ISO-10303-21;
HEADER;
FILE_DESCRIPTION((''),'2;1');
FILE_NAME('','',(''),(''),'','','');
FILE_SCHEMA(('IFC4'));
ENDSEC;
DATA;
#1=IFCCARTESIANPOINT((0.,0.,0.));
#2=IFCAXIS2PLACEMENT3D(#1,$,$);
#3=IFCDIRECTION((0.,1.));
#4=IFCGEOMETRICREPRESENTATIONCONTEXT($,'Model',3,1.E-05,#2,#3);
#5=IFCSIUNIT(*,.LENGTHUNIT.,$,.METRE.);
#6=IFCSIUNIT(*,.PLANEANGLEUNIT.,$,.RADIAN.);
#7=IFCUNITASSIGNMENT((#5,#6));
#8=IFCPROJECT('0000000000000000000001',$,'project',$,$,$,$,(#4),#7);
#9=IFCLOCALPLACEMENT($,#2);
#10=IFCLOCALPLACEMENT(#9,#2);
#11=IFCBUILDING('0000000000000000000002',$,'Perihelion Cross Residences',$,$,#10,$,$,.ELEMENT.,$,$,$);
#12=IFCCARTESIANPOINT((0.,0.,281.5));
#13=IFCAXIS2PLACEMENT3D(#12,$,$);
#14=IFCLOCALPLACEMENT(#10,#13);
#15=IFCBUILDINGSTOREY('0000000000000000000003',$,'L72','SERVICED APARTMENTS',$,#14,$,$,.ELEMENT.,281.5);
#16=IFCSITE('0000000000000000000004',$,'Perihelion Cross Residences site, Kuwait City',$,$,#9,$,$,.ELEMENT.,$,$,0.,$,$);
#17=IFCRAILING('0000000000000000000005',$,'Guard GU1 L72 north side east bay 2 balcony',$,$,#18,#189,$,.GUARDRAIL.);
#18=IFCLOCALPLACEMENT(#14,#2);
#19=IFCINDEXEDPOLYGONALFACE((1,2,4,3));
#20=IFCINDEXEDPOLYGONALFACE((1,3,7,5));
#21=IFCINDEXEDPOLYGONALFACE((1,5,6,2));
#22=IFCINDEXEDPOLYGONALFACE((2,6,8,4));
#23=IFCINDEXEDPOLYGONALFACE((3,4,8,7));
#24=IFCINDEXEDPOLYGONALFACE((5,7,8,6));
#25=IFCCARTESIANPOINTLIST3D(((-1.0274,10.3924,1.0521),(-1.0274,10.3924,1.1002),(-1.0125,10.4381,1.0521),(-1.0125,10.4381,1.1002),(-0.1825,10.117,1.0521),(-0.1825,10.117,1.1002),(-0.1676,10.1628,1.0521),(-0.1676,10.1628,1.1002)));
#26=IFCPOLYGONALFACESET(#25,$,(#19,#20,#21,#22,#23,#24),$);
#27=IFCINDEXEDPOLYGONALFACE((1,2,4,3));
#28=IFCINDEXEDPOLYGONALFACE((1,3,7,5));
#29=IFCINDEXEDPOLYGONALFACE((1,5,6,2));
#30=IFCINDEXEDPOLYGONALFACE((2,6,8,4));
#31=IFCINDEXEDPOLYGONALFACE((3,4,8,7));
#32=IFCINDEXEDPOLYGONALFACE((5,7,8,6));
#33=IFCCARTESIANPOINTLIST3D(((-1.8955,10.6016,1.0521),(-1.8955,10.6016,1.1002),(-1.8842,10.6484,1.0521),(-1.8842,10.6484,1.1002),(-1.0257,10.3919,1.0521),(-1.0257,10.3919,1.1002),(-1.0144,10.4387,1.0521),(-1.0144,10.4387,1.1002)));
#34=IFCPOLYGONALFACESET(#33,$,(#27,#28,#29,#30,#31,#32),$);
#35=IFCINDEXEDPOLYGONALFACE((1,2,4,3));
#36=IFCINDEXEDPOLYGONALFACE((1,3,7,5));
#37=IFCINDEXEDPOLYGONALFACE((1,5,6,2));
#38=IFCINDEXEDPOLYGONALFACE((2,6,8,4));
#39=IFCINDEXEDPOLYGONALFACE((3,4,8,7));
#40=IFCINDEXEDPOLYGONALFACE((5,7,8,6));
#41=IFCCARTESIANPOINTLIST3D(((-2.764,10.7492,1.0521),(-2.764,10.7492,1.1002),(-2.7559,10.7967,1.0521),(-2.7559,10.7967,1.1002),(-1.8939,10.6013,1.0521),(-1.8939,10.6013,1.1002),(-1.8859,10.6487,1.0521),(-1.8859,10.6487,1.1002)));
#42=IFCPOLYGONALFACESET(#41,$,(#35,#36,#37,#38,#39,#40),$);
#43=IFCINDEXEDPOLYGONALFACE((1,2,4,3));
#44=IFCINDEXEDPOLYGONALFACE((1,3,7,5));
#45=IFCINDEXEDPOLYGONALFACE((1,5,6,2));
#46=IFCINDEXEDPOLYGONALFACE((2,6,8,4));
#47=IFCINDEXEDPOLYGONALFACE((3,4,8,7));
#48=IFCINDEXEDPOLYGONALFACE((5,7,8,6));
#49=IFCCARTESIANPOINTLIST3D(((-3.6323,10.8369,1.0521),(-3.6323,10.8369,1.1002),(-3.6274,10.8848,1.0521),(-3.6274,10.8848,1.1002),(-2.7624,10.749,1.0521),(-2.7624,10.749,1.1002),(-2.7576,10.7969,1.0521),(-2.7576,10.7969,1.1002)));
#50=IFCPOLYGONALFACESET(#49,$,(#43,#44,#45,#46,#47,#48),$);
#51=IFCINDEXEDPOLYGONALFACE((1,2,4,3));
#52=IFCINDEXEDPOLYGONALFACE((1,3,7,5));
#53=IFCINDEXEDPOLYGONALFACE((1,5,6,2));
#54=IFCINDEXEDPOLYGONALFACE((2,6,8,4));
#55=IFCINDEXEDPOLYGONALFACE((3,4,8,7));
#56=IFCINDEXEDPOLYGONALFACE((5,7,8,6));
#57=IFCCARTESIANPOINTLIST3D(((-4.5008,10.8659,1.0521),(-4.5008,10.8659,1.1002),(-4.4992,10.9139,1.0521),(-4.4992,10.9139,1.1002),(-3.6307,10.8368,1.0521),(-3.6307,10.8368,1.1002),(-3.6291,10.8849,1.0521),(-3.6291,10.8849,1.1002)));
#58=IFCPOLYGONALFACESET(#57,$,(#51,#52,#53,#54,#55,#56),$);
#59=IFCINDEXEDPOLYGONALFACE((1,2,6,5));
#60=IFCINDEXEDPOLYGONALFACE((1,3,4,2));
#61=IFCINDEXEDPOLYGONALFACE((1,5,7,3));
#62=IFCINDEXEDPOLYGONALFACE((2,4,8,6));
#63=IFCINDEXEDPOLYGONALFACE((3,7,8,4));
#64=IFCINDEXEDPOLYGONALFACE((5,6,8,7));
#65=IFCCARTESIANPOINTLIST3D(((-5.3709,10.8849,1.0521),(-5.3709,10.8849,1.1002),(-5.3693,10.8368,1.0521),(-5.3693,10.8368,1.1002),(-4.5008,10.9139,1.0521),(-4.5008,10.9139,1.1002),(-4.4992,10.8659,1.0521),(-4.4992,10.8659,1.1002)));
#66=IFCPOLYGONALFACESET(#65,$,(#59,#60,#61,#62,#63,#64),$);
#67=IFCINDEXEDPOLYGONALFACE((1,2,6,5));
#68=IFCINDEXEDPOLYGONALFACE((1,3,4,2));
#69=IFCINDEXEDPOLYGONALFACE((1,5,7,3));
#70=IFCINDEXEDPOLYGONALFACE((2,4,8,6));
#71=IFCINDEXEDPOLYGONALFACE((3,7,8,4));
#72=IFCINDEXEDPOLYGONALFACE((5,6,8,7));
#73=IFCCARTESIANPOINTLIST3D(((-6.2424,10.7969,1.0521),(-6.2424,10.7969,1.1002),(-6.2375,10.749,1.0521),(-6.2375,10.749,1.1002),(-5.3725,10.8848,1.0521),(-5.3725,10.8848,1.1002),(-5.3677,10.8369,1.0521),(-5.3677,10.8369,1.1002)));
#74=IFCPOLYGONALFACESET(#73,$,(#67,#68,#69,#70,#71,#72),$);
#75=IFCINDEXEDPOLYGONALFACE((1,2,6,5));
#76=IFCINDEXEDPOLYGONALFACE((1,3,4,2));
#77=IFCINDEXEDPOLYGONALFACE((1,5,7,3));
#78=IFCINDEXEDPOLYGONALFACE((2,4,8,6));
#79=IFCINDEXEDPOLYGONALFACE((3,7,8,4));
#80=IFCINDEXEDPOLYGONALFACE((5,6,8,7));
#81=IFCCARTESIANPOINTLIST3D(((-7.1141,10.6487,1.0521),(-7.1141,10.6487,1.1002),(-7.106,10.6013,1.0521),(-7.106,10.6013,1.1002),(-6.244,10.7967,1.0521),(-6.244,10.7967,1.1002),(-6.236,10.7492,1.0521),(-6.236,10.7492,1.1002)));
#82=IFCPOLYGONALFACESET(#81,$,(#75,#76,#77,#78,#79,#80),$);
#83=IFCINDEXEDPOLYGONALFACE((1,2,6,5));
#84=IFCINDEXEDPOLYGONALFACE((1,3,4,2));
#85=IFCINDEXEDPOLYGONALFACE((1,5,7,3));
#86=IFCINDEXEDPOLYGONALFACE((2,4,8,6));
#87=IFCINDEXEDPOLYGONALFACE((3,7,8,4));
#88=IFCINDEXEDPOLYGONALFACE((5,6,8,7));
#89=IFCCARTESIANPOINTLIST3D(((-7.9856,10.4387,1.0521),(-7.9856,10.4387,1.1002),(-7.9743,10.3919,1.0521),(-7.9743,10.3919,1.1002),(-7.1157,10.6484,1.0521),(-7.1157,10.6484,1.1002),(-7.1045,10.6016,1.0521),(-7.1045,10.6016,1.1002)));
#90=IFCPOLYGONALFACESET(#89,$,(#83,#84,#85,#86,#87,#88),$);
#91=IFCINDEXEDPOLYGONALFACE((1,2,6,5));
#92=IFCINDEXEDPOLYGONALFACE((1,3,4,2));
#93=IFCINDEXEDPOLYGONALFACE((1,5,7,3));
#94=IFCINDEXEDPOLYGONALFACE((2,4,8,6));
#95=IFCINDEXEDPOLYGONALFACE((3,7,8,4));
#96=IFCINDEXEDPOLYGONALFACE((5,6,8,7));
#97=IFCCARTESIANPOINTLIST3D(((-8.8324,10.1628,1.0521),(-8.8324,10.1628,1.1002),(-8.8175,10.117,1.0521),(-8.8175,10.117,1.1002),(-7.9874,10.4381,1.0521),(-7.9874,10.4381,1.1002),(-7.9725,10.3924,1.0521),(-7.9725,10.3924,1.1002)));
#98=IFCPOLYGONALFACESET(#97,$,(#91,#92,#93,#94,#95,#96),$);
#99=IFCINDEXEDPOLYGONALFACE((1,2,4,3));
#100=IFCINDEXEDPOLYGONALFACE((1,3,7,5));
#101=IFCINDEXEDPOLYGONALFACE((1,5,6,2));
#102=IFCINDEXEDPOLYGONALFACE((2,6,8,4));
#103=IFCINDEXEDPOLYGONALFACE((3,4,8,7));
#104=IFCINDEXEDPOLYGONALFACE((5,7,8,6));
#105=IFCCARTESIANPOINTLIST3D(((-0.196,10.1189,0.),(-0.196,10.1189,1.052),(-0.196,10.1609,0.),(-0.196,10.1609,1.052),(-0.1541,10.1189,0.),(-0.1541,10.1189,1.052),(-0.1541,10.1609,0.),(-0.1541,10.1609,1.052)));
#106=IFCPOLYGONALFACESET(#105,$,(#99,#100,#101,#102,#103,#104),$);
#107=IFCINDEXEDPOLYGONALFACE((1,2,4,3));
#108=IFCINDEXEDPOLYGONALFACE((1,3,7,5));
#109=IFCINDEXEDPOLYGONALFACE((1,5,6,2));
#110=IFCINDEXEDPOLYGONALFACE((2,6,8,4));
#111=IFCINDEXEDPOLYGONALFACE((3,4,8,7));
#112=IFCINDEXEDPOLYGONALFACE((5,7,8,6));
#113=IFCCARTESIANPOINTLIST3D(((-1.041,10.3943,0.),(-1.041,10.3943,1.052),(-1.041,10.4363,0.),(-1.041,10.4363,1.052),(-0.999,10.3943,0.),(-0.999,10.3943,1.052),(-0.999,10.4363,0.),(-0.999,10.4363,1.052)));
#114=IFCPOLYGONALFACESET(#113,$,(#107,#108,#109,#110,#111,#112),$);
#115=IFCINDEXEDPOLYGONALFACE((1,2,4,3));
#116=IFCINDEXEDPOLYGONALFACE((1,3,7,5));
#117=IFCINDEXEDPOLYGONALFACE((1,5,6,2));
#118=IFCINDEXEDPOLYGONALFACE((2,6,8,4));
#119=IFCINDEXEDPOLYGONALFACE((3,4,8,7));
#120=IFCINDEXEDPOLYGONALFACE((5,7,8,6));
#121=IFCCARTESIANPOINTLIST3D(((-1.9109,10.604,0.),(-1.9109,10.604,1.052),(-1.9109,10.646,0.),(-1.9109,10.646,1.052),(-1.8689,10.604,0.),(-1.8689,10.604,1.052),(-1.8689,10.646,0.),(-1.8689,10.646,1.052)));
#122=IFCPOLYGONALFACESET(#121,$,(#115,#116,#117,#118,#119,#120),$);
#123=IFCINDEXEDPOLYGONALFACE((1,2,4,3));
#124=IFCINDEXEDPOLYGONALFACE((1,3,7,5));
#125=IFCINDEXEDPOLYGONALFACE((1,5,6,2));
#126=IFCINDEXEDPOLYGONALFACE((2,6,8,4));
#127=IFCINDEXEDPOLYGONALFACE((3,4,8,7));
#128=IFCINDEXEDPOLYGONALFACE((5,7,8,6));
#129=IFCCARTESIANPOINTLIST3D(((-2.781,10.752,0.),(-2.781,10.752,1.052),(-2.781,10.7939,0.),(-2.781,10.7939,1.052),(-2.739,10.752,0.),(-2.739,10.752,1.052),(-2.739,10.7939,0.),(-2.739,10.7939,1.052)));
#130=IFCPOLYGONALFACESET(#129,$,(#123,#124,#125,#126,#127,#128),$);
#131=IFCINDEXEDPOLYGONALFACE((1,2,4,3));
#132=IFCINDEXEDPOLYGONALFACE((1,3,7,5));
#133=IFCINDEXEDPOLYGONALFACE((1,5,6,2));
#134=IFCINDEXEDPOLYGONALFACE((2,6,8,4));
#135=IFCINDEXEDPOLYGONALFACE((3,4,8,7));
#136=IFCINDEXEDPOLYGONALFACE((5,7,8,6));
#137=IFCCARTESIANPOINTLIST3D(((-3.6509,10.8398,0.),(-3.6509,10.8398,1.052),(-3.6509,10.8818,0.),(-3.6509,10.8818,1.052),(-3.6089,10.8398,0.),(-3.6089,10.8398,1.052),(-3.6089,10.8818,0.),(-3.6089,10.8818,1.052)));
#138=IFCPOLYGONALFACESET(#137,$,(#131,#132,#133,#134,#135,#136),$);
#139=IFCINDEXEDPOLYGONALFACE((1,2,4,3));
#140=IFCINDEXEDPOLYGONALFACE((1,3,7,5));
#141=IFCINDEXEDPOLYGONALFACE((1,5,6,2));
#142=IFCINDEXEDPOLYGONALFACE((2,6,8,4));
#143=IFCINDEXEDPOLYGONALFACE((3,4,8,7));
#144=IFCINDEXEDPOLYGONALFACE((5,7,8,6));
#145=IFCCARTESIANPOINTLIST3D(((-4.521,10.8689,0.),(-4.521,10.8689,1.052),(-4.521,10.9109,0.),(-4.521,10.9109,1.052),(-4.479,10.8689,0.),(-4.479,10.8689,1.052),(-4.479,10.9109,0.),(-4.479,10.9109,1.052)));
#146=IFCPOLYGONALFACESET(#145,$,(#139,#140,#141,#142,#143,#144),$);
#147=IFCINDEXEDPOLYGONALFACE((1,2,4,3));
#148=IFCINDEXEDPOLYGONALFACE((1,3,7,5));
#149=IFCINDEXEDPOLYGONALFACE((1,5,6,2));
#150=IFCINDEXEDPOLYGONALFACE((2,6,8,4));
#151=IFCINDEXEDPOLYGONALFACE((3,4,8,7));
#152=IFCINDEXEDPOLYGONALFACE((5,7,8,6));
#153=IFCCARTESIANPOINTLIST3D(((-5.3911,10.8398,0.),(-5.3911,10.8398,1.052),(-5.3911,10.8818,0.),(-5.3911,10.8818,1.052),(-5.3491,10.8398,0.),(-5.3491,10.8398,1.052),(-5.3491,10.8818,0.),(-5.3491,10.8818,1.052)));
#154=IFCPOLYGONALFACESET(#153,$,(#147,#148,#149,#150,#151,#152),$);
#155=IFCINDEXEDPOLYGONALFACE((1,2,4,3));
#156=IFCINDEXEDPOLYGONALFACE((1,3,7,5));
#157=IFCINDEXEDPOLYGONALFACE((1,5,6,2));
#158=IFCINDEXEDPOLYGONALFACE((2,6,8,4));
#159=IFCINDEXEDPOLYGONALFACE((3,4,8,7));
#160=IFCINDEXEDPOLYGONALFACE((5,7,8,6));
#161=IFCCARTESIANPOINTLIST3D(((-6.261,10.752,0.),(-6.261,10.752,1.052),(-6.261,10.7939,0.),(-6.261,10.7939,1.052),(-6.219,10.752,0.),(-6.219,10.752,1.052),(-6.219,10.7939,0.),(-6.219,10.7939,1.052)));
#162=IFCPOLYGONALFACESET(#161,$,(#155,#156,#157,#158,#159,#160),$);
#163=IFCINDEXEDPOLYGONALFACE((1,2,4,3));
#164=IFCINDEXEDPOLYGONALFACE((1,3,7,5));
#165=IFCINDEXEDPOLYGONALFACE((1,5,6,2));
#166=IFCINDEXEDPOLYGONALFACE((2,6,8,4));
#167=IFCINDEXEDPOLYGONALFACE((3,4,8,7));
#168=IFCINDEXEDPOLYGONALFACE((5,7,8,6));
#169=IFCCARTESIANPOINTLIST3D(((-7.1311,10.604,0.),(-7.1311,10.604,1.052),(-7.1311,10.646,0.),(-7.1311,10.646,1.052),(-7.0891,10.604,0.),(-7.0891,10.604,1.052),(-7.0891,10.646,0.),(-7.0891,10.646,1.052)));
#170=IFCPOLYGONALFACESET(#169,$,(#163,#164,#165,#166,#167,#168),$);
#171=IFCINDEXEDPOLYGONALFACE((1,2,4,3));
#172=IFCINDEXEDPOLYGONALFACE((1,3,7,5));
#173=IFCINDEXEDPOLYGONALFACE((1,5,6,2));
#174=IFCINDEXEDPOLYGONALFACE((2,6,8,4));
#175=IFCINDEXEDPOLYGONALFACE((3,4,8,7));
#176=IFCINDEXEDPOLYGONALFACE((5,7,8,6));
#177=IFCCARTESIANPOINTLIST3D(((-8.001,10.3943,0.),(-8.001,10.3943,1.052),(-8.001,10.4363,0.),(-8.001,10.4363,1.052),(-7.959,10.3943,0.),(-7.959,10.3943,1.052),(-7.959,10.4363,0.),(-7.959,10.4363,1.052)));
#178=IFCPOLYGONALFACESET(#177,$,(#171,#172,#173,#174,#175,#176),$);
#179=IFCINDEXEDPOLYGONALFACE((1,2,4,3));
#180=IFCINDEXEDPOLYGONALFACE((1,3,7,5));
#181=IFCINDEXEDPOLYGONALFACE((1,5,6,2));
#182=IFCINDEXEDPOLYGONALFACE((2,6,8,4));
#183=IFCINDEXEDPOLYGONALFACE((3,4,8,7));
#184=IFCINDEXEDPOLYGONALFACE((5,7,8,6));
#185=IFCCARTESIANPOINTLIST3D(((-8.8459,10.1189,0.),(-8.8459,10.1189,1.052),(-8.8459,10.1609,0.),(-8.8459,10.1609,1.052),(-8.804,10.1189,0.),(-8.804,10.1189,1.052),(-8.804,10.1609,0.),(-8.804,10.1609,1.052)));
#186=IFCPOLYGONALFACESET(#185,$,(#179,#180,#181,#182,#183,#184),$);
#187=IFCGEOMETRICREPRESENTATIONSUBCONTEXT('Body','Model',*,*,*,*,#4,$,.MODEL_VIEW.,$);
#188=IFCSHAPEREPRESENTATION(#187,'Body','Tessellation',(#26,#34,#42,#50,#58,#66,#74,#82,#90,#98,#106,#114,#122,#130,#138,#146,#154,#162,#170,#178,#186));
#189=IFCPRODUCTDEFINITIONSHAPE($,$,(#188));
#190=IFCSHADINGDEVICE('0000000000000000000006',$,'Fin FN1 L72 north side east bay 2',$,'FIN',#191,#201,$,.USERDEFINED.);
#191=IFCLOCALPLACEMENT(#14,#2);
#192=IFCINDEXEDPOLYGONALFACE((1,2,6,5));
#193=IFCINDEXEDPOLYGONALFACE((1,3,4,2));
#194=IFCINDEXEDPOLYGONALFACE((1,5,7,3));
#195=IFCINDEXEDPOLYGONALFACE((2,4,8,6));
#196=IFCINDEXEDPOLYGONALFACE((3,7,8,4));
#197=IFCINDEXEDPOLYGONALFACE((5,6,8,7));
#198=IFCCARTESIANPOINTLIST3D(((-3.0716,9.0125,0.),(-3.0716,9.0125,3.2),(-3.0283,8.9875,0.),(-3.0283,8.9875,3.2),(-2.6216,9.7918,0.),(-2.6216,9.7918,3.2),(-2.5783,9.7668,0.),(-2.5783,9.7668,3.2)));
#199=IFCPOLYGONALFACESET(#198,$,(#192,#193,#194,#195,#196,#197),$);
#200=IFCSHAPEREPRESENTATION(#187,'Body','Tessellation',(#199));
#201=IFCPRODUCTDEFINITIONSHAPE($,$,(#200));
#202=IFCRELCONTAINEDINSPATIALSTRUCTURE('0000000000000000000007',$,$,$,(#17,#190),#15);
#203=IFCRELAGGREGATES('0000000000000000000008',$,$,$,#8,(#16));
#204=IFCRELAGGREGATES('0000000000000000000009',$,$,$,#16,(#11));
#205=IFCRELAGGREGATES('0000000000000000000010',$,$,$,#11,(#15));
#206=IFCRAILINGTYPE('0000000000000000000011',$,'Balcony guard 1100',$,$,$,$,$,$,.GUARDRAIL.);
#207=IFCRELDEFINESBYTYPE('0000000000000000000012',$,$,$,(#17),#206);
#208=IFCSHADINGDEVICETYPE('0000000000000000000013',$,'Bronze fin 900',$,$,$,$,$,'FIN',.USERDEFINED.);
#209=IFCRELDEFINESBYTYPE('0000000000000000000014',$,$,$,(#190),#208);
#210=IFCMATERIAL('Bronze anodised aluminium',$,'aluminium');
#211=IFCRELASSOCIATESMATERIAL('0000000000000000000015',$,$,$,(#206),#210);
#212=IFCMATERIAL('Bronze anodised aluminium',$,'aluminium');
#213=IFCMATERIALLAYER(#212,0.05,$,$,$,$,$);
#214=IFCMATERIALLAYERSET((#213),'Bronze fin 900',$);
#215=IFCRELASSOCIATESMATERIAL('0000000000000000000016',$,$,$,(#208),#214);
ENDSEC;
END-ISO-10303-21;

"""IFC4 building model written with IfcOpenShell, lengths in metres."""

from ifc_helpers import new_model, si_unit, direction, frame, origin, origin_2d, place, context, subcontext, project, spatial, rectangle, extrude, material, layer, layer_set, type_object, element, save


model = new_model("IFC4")

# Units and contexts
model_context = context("Model", 3, precision=1e-05, world=origin(), true_north=direction((0.0, 1.0)))
body_context = subcontext(model_context, "Body", "Model", "MODEL_VIEW")
ifc_project = project(units=[si_unit("LENGTHUNIT", "METRE"), si_unit("PLANEANGLEUNIT", "RADIAN")], contexts=[model_context])

# Site, building, storey
site_placement = place(None, origin())
site = spatial("IfcSite", under=ifc_project, at=site_placement, Name="Perihelion Cross Residences site, Kuwait City", CompositionType="ELEMENT", RefElevation=0.0)
building_placement = place(site_placement, origin())
building = spatial("IfcBuilding", under=site, at=building_placement, Name="Perihelion Cross Residences", CompositionType="ELEMENT")
storey_placement = place(building_placement, frame((0.0, 0.0, 281.5)))
storey = spatial("IfcBuildingStorey", under=building, at=storey_placement, Name="L72", Description="SERVICED APARTMENTS", CompositionType="ELEMENT", Elevation=281.5)

# Railing
ifc_material_1 = material(Name="Bronze anodised aluminium", Category="aluminium")
railing_type = type_object("IfcRailingType", Name="Balcony guard 1100", PredefinedType="GUARDRAIL", material=ifc_material_1)
railing_1_placement = place(storey_placement, frame((-0.175, 10.1399, 0.0)))
element("IfcRailing", 1, at=railing_1_placement, inside=storey, type_object=railing_type, Name="Guard GU1 L72 north side east bay 2 balcony", PredefinedType="GUARDRAIL", context=body_context, shape_type="SweptSolid", body=[
    extrude(rectangle(XDim=0.0481, YDim=0.0481, at=origin_2d()), frame((0.0, 0.0, 1.0762), z_axis=(-0.950777, 0.309875, 0.0), x_axis=(-0.309875, -0.950777, 0.0)), (0.0, 0.0, 1.0), 0.8887),
    extrude(rectangle(XDim=0.0481, YDim=0.0481, at=origin_2d()), frame((-0.845, 0.2754, 1.0762), z_axis=(-0.972147, 0.234374, 0.0), x_axis=(-0.234374, -0.972147, 0.0)), (0.0, 0.0, 1.0), 0.8948),
    extrude(rectangle(XDim=0.0481, YDim=0.0481, at=origin_2d()), frame((-1.7148, 0.4851, 1.0762), z_axis=(-0.98585, 0.167628, 0.0), x_axis=(-0.167628, -0.98585, 0.0)), (0.0, 0.0, 1.0), 0.8826),
    extrude(rectangle(XDim=0.0481, YDim=0.0481, at=origin_2d()), frame((-2.585, 0.6331, 1.0762), z_axis=(-0.994934, 0.100527, 0.0), x_axis=(-0.100527, -0.994934, 0.0)), (0.0, 0.0, 1.0), 0.8743),
    extrude(rectangle(XDim=0.0481, YDim=0.0481, at=origin_2d()), frame((-3.4548, 0.7209, 1.0762), z_axis=(-0.999443, 0.033371, 0.0), x_axis=(-0.033371, -0.999443, 0.0)), (0.0, 0.0, 1.0), 0.8706),
    extrude(rectangle(XDim=0.0481, YDim=0.0481, at=origin_2d()), frame((-4.325, 0.75, 1.0762), z_axis=(-0.999443, -0.033371, 0.0), x_axis=(0.033371, -0.999443, 0.0)), (0.0, 0.0, 1.0), 0.8706),
    extrude(rectangle(XDim=0.0481, YDim=0.0481, at=origin_2d()), frame((-5.1951, 0.7209, 1.0762), z_axis=(-0.994934, -0.100527, 0.0), x_axis=(0.100527, -0.994934, 0.0)), (0.0, 0.0, 1.0), 0.8743),
    extrude(rectangle(XDim=0.0481, YDim=0.0481, at=origin_2d()), frame((-6.0649, 0.6331, 1.0762), z_axis=(-0.98585, -0.167628, 0.0), x_axis=(0.167628, -0.98585, 0.0)), (0.0, 0.0, 1.0), 0.8826),
    extrude(rectangle(XDim=0.0481, YDim=0.0481, at=origin_2d()), frame((-6.9351, 0.4851, 1.0762), z_axis=(-0.972147, -0.234374, 0.0), x_axis=(0.234374, -0.972147, 0.0)), (0.0, 0.0, 1.0), 0.8948),
    extrude(rectangle(XDim=0.0481, YDim=0.0481, at=origin_2d()), frame((-7.8049, 0.2754, 1.0762), z_axis=(-0.950777, -0.309875, 0.0), x_axis=(0.309875, -0.950777, 0.0)), (0.0, 0.0, 1.0), 0.8887),
    extrude(rectangle(XDim=0.042, YDim=0.042, at=origin_2d()), origin(), (0.0, 0.0, 1.0), 1.052),
    extrude(rectangle(XDim=0.042, YDim=0.042, at=origin_2d()), frame((-0.845, 0.2754, 0.0)), (0.0, 0.0, 1.0), 1.052),
    extrude(rectangle(XDim=0.042, YDim=0.042, at=origin_2d()), frame((-1.7148, 0.4851, 0.0)), (0.0, 0.0, 1.0), 1.052),
    extrude(rectangle(XDim=0.042, YDim=0.042, at=origin_2d()), frame((-2.585, 0.6331, 0.0)), (0.0, 0.0, 1.0), 1.052),
    extrude(rectangle(XDim=0.042, YDim=0.042, at=origin_2d()), frame((-3.4548, 0.7209, 0.0)), (0.0, 0.0, 1.0), 1.052),
    extrude(rectangle(XDim=0.042, YDim=0.042, at=origin_2d()), frame((-4.325, 0.75, 0.0)), (0.0, 0.0, 1.0), 1.052),
    extrude(rectangle(XDim=0.042, YDim=0.042, at=origin_2d()), frame((-5.1951, 0.7209, 0.0)), (0.0, 0.0, 1.0), 1.052),
    extrude(rectangle(XDim=0.042, YDim=0.042, at=origin_2d()), frame((-6.0649, 0.6331, 0.0)), (0.0, 0.0, 1.0), 1.052),
    extrude(rectangle(XDim=0.042, YDim=0.042, at=origin_2d()), frame((-6.9351, 0.4851, 0.0)), (0.0, 0.0, 1.0), 1.052),
    extrude(rectangle(XDim=0.042, YDim=0.042, at=origin_2d()), frame((-7.8049, 0.2754, 0.0)), (0.0, 0.0, 1.0), 1.052),
    extrude(rectangle(XDim=0.042, YDim=0.042, at=origin_2d()), frame((-8.6499, 0.0, 0.0)), (0.0, 0.0, 1.0), 1.052),
])

# Shading device
ifc_material_2 = material(Name="Bronze anodised aluminium", Category="aluminium")
ifc_layer_1 = layer(ifc_material_2, 0.05)
ifc_layer_set_1 = layer_set([ifc_layer_1], Name="Bronze fin 900")
shading_device_type = type_object("IfcShadingDeviceType", Name="Bronze fin 900", ElementType="FIN", PredefinedType="USERDEFINED", material=ifc_layer_set_1)
shading_device_placement = place(storey_placement, frame((-2.825, 9.3896, 0.0), z_axis=(0.0, 0.0, 1.0), x_axis=(0.5, 0.866025, 0.0)))
element("IfcShadingDevice", 2, at=shading_device_placement, inside=storey, type_object=shading_device_type, Name="Fin FN1 L72 north side east bay 2", ObjectType="FIN", PredefinedType="USERDEFINED", context=body_context, shape_type="SweptSolid", body=[
    extrude(rectangle(XDim=0.8999, YDim=0.05, at=origin_2d()), origin(), (0.0, 0.0, 1.0), 3.2),
])

save(model, "model.ifc")
